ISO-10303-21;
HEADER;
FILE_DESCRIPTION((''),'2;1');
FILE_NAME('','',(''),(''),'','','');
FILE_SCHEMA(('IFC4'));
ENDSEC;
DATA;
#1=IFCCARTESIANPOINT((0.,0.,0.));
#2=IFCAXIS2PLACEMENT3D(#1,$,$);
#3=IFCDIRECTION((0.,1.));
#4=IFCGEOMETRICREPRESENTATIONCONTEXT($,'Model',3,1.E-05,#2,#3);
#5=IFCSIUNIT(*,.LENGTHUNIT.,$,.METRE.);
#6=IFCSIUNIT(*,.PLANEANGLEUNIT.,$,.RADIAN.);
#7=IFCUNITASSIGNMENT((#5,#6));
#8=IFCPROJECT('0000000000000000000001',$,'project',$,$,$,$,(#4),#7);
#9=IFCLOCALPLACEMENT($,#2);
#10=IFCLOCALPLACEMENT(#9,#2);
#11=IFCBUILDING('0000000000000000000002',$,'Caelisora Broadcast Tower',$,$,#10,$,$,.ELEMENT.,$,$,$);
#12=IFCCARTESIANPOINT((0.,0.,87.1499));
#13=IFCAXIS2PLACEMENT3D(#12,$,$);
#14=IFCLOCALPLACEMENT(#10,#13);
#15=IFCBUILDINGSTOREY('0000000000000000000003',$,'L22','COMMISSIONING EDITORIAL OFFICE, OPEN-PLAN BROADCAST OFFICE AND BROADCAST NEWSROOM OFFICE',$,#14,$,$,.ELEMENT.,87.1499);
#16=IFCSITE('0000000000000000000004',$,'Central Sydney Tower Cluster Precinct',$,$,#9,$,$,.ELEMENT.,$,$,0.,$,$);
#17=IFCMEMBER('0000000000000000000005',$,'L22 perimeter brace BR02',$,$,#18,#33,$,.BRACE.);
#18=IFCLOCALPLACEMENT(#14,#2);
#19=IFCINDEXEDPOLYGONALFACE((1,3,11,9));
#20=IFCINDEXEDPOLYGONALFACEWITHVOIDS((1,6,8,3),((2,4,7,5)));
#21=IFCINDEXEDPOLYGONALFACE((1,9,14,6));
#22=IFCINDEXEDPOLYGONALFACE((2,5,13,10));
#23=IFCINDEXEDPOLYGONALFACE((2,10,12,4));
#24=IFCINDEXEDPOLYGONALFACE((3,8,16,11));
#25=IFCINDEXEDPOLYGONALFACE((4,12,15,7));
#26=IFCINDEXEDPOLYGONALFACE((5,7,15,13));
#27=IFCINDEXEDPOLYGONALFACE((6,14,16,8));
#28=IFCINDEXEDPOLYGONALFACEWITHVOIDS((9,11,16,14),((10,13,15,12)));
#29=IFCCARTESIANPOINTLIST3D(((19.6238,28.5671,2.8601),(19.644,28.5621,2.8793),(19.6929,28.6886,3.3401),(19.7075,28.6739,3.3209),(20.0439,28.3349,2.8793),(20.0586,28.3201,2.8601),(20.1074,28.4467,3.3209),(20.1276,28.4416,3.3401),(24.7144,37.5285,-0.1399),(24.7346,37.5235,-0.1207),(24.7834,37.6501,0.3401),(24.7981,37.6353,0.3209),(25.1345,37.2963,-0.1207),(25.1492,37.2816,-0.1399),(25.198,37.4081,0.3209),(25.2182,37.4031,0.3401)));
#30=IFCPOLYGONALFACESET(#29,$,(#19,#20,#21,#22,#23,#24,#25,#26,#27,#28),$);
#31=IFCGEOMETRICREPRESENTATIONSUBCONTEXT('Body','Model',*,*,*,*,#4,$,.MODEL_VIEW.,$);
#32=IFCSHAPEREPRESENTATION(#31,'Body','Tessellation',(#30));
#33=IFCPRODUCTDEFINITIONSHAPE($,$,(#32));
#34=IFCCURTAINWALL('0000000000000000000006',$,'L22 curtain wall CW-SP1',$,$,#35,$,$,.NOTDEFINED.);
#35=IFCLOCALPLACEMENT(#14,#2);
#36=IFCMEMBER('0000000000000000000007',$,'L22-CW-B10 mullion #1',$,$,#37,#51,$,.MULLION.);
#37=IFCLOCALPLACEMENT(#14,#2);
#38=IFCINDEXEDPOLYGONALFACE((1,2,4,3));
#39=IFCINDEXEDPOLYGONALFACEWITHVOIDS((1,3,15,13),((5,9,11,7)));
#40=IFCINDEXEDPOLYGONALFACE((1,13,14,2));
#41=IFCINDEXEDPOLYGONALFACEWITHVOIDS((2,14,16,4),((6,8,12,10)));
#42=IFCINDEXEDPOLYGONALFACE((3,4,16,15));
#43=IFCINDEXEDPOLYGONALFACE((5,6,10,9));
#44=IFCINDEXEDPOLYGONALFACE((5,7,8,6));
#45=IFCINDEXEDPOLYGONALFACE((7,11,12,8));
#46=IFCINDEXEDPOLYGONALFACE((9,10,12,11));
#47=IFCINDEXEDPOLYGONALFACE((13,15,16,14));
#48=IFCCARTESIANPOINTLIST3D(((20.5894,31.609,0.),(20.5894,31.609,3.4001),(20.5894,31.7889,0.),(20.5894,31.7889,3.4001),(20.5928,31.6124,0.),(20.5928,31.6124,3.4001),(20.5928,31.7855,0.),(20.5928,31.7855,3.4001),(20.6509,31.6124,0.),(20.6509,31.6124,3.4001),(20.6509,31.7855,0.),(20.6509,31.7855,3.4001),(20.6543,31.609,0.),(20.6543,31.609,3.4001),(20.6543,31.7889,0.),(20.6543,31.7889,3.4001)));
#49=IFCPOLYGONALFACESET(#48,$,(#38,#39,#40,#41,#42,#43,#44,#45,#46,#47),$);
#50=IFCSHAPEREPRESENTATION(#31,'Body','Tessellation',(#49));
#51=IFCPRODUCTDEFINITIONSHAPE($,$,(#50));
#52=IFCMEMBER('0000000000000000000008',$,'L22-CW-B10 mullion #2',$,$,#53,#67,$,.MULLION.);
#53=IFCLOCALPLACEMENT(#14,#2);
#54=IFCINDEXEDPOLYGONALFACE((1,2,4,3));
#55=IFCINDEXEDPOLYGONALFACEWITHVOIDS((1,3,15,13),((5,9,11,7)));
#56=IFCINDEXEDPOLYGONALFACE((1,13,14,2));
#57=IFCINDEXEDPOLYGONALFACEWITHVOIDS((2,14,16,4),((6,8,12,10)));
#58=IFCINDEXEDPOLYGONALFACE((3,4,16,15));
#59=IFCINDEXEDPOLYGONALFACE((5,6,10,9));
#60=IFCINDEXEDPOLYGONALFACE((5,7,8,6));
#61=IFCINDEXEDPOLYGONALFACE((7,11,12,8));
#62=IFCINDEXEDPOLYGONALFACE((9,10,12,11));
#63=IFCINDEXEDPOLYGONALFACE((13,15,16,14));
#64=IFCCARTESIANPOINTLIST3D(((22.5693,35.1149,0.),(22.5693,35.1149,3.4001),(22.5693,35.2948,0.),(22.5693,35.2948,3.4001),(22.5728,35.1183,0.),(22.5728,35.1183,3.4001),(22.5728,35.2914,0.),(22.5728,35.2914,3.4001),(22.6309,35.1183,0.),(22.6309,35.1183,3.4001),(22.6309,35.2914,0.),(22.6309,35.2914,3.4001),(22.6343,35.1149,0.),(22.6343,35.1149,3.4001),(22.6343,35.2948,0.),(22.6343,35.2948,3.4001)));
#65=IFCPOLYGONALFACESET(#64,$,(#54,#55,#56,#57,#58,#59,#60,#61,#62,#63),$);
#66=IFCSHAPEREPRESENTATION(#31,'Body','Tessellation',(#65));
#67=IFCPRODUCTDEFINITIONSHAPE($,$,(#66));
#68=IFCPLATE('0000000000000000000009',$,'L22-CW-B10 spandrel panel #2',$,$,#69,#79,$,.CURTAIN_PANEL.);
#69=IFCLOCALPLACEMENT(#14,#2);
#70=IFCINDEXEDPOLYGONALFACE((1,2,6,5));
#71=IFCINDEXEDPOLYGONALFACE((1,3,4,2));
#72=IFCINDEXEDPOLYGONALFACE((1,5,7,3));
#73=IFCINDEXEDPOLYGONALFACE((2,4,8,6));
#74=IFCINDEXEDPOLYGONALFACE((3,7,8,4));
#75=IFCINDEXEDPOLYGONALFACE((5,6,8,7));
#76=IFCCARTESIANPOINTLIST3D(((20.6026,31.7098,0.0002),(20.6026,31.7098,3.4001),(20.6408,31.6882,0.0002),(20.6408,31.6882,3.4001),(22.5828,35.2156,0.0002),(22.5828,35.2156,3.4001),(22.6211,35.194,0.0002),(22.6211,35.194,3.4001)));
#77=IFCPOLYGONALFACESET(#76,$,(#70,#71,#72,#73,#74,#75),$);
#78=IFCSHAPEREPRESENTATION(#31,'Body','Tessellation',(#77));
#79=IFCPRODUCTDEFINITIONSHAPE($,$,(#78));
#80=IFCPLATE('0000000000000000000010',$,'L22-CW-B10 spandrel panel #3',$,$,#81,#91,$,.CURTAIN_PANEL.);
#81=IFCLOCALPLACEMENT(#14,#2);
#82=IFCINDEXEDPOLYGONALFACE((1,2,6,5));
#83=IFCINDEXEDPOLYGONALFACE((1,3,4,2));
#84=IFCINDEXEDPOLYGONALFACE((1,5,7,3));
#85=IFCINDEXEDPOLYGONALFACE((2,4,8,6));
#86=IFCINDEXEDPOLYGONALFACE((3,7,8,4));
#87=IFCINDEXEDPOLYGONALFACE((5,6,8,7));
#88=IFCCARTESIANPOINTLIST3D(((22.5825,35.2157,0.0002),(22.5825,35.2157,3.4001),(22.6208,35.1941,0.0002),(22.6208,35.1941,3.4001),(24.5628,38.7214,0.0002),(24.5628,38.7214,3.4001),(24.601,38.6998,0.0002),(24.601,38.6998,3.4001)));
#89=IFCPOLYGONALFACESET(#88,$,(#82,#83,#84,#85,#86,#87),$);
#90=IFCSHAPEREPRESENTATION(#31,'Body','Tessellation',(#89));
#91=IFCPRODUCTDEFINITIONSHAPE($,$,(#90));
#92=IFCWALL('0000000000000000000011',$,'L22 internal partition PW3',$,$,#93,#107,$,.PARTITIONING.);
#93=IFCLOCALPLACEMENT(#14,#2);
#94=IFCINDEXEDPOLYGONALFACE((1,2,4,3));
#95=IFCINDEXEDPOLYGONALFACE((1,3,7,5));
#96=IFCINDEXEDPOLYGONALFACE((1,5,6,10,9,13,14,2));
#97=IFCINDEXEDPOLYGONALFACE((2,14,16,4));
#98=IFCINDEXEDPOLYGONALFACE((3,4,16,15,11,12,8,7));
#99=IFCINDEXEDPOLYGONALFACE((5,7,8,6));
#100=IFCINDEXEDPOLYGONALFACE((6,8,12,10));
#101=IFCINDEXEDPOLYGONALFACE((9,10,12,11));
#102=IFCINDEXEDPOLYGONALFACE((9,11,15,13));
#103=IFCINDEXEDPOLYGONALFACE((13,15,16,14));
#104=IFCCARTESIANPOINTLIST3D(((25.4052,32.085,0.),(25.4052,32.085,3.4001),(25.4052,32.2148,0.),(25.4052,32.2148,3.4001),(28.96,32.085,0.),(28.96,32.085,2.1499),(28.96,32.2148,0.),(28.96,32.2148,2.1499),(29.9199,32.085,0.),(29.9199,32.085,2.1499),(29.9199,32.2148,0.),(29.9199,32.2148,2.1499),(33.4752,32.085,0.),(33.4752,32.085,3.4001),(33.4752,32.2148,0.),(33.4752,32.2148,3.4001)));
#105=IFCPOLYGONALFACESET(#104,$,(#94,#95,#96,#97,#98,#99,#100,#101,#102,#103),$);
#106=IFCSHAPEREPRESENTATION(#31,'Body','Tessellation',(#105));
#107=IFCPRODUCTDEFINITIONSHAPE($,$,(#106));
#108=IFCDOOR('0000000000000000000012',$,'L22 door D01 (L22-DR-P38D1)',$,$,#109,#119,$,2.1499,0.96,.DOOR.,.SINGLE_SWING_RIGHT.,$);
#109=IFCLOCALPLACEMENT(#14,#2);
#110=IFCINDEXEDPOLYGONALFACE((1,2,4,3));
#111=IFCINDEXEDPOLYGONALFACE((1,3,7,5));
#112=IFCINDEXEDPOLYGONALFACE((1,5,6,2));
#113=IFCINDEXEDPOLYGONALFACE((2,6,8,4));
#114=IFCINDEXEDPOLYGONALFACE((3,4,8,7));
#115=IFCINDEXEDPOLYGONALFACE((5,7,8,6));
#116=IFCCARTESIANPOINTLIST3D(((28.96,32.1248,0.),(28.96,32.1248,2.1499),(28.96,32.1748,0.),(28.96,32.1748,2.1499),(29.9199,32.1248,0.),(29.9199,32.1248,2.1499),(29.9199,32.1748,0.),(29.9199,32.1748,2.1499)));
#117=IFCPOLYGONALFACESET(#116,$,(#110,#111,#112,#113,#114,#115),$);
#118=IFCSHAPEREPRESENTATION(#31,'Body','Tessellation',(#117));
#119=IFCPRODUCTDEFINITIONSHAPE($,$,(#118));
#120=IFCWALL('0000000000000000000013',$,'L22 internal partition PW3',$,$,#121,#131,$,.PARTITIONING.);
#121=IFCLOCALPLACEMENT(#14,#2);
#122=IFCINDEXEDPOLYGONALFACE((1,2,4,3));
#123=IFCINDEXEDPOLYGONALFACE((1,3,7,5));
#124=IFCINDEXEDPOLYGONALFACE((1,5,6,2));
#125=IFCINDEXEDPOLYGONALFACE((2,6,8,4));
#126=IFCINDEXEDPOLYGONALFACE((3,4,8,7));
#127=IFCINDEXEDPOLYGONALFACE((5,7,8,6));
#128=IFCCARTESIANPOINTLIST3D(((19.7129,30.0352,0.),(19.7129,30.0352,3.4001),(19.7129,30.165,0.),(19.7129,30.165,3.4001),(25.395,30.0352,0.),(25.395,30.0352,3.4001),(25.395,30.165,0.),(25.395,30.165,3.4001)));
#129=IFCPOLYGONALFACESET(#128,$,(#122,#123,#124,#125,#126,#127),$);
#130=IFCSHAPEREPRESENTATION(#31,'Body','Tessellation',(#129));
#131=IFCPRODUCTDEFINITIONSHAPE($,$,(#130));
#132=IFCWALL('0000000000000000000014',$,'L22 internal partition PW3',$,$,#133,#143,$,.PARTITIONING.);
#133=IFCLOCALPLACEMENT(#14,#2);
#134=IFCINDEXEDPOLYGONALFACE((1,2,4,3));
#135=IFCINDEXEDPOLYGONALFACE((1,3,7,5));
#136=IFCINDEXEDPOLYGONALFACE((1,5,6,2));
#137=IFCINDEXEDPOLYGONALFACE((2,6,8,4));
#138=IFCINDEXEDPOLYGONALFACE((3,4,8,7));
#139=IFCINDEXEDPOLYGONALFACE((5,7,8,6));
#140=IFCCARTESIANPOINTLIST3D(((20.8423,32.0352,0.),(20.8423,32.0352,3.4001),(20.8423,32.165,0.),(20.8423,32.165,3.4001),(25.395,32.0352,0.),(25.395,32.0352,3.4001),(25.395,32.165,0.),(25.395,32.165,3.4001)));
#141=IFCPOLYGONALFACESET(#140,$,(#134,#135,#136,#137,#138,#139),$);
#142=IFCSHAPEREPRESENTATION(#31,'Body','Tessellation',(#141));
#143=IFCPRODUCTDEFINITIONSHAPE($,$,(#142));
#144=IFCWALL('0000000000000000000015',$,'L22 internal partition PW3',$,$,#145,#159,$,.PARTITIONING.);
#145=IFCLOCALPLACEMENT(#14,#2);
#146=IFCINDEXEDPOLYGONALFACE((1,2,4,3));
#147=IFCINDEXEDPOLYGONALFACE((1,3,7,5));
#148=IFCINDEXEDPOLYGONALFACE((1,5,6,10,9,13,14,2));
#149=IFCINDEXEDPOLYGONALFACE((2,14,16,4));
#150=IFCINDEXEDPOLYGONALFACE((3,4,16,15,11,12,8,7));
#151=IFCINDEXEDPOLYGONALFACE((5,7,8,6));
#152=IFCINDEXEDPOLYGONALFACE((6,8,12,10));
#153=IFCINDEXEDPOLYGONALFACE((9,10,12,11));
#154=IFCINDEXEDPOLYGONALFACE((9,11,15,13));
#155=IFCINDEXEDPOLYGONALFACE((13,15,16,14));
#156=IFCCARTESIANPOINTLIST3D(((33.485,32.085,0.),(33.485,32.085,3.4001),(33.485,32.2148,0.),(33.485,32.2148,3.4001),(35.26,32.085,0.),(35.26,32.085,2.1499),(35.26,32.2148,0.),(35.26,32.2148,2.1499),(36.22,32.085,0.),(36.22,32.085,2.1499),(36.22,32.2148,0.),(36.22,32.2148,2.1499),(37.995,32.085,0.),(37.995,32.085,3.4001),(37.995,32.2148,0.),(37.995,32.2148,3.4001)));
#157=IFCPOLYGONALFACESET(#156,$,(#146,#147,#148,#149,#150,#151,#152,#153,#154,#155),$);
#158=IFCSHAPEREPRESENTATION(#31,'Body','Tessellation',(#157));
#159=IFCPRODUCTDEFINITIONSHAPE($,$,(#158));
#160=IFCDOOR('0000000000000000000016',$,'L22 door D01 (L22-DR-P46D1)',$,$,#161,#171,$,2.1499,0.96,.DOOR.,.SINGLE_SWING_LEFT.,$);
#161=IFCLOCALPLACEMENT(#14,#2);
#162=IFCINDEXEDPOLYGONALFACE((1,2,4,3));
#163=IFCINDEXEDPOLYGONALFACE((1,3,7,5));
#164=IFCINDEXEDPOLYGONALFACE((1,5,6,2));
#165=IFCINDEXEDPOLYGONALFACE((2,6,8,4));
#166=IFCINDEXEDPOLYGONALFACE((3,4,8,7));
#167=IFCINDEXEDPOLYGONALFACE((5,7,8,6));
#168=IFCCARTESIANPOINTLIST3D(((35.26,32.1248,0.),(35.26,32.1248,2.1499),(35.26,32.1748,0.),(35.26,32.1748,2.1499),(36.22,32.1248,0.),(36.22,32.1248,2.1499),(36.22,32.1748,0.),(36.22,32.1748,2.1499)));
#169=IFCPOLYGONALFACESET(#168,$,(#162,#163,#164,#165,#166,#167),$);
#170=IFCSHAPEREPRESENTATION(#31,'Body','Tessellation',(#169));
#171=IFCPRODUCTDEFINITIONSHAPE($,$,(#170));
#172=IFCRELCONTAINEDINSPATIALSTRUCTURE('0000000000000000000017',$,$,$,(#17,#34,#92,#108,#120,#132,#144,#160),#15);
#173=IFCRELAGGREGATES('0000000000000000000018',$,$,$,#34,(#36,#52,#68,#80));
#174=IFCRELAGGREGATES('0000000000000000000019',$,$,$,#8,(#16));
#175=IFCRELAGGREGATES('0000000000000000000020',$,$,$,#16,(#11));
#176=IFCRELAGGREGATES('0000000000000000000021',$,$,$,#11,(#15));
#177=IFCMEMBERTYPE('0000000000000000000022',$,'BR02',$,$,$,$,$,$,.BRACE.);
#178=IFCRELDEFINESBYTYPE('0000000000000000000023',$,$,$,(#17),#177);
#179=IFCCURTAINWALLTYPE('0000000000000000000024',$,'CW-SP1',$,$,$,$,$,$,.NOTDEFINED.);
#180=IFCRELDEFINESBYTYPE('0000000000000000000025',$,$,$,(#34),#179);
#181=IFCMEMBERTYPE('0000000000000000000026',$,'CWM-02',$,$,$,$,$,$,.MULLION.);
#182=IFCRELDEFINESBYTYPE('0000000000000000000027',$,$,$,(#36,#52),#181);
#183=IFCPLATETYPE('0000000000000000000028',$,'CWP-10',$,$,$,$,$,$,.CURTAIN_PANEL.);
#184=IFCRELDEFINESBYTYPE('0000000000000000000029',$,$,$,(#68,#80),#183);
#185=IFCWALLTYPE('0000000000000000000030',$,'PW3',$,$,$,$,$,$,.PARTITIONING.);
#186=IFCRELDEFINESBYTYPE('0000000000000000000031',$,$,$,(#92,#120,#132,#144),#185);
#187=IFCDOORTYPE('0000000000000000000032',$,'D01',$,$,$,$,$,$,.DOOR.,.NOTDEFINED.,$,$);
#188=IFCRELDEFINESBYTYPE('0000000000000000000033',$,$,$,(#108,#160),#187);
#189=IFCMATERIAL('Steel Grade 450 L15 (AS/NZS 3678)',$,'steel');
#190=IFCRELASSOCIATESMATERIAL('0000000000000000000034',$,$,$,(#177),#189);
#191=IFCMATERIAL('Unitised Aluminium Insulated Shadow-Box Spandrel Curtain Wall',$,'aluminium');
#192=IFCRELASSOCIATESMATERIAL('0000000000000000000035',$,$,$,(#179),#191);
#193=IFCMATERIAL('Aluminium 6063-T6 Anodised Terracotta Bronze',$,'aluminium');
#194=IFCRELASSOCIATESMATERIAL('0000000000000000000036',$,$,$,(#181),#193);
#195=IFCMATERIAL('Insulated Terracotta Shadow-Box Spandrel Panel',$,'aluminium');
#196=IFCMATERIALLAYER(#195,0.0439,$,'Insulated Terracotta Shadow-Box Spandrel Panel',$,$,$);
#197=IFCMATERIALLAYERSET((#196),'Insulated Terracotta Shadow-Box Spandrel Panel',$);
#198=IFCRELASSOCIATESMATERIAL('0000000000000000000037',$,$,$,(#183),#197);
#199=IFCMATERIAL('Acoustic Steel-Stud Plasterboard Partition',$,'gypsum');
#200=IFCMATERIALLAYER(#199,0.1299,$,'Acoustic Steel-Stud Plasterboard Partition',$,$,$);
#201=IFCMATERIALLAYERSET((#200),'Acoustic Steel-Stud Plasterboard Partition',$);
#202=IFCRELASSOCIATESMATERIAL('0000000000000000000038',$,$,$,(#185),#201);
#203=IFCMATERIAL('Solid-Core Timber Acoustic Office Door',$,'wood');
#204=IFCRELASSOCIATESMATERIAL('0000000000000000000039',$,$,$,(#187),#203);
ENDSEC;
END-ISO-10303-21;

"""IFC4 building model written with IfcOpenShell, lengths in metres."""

from ifc_helpers import new_model, si_unit, direction, frame, frame_2d, origin, origin_2d, place, context, subcontext, project, spatial, rectangle, hollow_rectangle, extrude, source, transform, mapped, material, layer, layer_set, material_profile, profile_set, type_object, type_shapes, element, fill, aggregate, save


model = new_model("IFC4")

# Units and contexts
model_context = context("Model", 3, precision=1e-05, world=origin(), true_north=direction((0.0, 1.0)))
body_context = subcontext(model_context, "Body", "Model", "MODEL_VIEW")
ifc_project = project(units=[si_unit("LENGTHUNIT", "METRE"), si_unit("PLANEANGLEUNIT", "RADIAN")], contexts=[model_context])

# Site, building, storey
site_placement = place(None, origin())
site = spatial("IfcSite", under=ifc_project, at=site_placement, Name="Central Sydney Tower Cluster Precinct", CompositionType="ELEMENT", RefElevation=0.0)
building_placement = place(site_placement, origin())
building = spatial("IfcBuilding", under=site, at=building_placement, Name="Caelisora Broadcast Tower", CompositionType="ELEMENT")
storey_placement = place(building_placement, frame((0.0, 0.0, 87.1499)))
storey = spatial("IfcBuildingStorey", under=building, at=storey_placement, Name="L22", Description="COMMISSIONING EDITORIAL OFFICE, OPEN-PLAN BROADCAST OFFICE AND BROADCAST NEWSROOM OFFICE", CompositionType="ELEMENT", Elevation=87.1499)

# Member
ifc_material_1 = material(Name="Steel Grade 450 L15 (AS/NZS 3678)", Category="steel")
ifc_material_profile_1 = material_profile(ifc_material_1, hollow_rectangle(XDim=0.5, YDim=0.5, WallThickness=0.02, at=origin_2d()), Name="Steel Grade 450 L15 (AS/NZS 3678)")
ifc_profile_set_1 = profile_set([ifc_material_profile_1], Name="Steel Grade 450 L15 (AS/NZS 3678)")
member_type_1 = type_object("IfcMemberType", Name="BR02", PredefinedType="BRACE", material=ifc_profile_set_1)
shared_shape_1 = source(origin(), body_context, "Body", "SweptSolid", [
    extrude(hollow_rectangle(XDim=0.5, YDim=0.5, WallThickness=0.02, at=origin_2d()), origin(), (0.0, 0.0, 1.0), 10.7341),
])
type_shapes(member_type_1, [shared_shape_1])
member_1_placement = place(storey_placement, frame((24.9663, 37.4658, 0.1001), z_axis=(-0.474243, -0.834855, 0.279483), x_axis=(0.869504, -0.493926, 0.0)))
element("IfcMember", 1, at=member_1_placement, inside=storey, type_object=member_type_1, Name="L22 perimeter brace BR02", PredefinedType="BRACE", context=body_context, shape_type="MappedRepresentation", body=[
    mapped(shared_shape_1, transform((0.0, 0.0, 0.0), scale=1.0)),
])

# Curtain wall, members, plates
ifc_material_2 = material(Name="Unitised Aluminium Insulated Shadow-Box Spandrel Curtain Wall", Category="aluminium")
curtain_wall_type = type_object("IfcCurtainWallType", Name="CW-SP1", PredefinedType="NOTDEFINED", material=ifc_material_2)
curtain_wall_placement = place(storey_placement, origin())
curtain_wall = element("IfcCurtainWall", 2, at=curtain_wall_placement, inside=storey, type_object=curtain_wall_type, Name="L22 curtain wall CW-SP1", PredefinedType="NOTDEFINED")
ifc_material_3 = material(Name="Aluminium 6063-T6 Anodised Terracotta Bronze", Category="aluminium")
ifc_material_profile_2 = material_profile(ifc_material_3, hollow_rectangle(XDim=0.0649, YDim=0.1799, WallThickness=0.0034, at=origin_2d()), Name="Aluminium 6063-T6 Anodised Terracotta Bronze")
ifc_profile_set_2 = profile_set([ifc_material_profile_2], Name="Aluminium 6063-T6 Anodised Terracotta Bronze")
member_type_2 = type_object("IfcMemberType", Name="CWM-02", PredefinedType="MULLION", material=ifc_profile_set_2)
shared_shape_2 = source(origin(), body_context, "Body", "SweptSolid", [
    extrude(hollow_rectangle(XDim=0.0649, YDim=0.1799, WallThickness=0.0034, at=origin_2d()), origin(), (0.0, 0.0, 1.0), 3.4001),
])
type_shapes(member_type_2, [shared_shape_2])
member_2_placement = place(storey_placement, frame((20.6218, 31.699, 0.0), z_axis=(0.0, 0.0, 1.0), x_axis=(1.0, 0.0, 0.0)))
member_2 = element("IfcMember", 3, at=member_2_placement, type_object=member_type_2, Name="L22-CW-B10 mullion #1", PredefinedType="MULLION", context=body_context, shape_type="MappedRepresentation", body=[
    mapped(shared_shape_2, transform((0.0, 0.0, 0.0), scale=1.0)),
])
member_3_placement = place(storey_placement, frame((22.6018, 35.2048, 0.0), z_axis=(0.0, 0.0, 1.0), x_axis=(1.0, 0.0, 0.0)))
member_3 = element("IfcMember", 4, at=member_3_placement, type_object=member_type_2, Name="L22-CW-B10 mullion #2", PredefinedType="MULLION", context=body_context, shape_type="MappedRepresentation", body=[
    mapped(shared_shape_2, transform((0.0, 0.0, 0.0), scale=1.0)),
])
ifc_material_4 = material(Name="Insulated Terracotta Shadow-Box Spandrel Panel", Category="aluminium")
ifc_layer_1 = layer(ifc_material_4, 0.0439, Name="Insulated Terracotta Shadow-Box Spandrel Panel")
ifc_layer_set_1 = layer_set([ifc_layer_1], Name="Insulated Terracotta Shadow-Box Spandrel Panel")
plate_type = type_object("IfcPlateType", Name="CWP-10", PredefinedType="CURTAIN_PANEL", material=ifc_layer_set_1)
shared_shape_3 = source(origin(), body_context, "Body", "SweptSolid", [
    extrude(rectangle(XDim=4.0264, YDim=0.0439, at=origin_2d()), origin(), (0.0, 0.0, 1.0), 3.3999),
])
type_shapes(plate_type, [shared_shape_3])
plate_1_placement = place(storey_placement, frame((21.6118, 33.4519, 0.0002), z_axis=(0.0, 0.0, 1.0), x_axis=(0.491816, 0.870699, 0.0)))
plate_1 = element("IfcPlate", 5, at=plate_1_placement, type_object=plate_type, Name="L22-CW-B10 spandrel panel #2", PredefinedType="CURTAIN_PANEL", context=body_context, shape_type="MappedRepresentation", body=[
    mapped(shared_shape_3, transform((0.0, 0.0, 0.0), scale=1.0)),
])
plate_2_placement = place(storey_placement, frame((23.5918, 36.9578, 0.0002), z_axis=(0.0, 0.0, 1.0), x_axis=(0.491816, 0.870699, 0.0)))
plate_2 = element("IfcPlate", 6, at=plate_2_placement, type_object=plate_type, Name="L22-CW-B10 spandrel panel #3", PredefinedType="CURTAIN_PANEL", context=body_context, shape_type="MappedRepresentation", body=[
    mapped(shared_shape_3, transform((0.0, 0.0, 0.0), scale=1.0)),
])
aggregate(curtain_wall, [member_2, member_3, plate_1, plate_2])

# Wall, opening, door
ifc_material_5 = material(Name="Acoustic Steel-Stud Plasterboard Partition", Category="gypsum")
ifc_layer_2 = layer(ifc_material_5, 0.1299, Name="Acoustic Steel-Stud Plasterboard Partition")
ifc_layer_set_2 = layer_set([ifc_layer_2], Name="Acoustic Steel-Stud Plasterboard Partition")
wall_type = type_object("IfcWallType", Name="PW3", PredefinedType="PARTITIONING", material=ifc_layer_set_2)
wall_1_placement = place(storey_placement, frame((25.405, 32.1499, 0.0), z_axis=(0.0, 0.0, 1.0), x_axis=(1.0, 0.0, 0.0)))
wall_1 = element("IfcWall", 7, at=wall_1_placement, inside=storey, type_object=wall_type, Name="L22 internal partition PW3", PredefinedType="PARTITIONING", context=body_context, shape_type="SweptSolid", body=[
    extrude(rectangle(XDim=8.0701, YDim=0.1299, at=frame_2d((4.0352, 0.0))), origin(), (0.0, 0.0, 1.0), 3.4001),
])
opening_1_placement = place(wall_1_placement, frame((3.5549, 0.0, 0.0)))
opening_1 = element("IfcOpeningElement", 8, at=opening_1_placement, cuts=wall_1, PredefinedType="OPENING", context=body_context, shape_type="SweptSolid", body=[
    extrude(rectangle(XDim=0.96, YDim=2.1499, at=frame_2d((0.48, 1.075))), frame((0.0, 0.0769, 0.0), z_axis=(0.0, -1.0, 0.0), x_axis=(1.0, 0.0, 0.0)), (0.0, 0.0, 1.0), 0.1538),
])
ifc_material_6 = material(Name="Solid-Core Timber Acoustic Office Door", Category="wood")
door_type = type_object("IfcDoorType", Name="D01", OperationType="NOTDEFINED", PredefinedType="DOOR", material=ifc_material_6)
door_1_placement = place(opening_1_placement, origin())
door_1 = element("IfcDoor", 9, at=door_1_placement, inside=storey, type_object=door_type, Name="L22 door D01 (L22-DR-P38D1)", OperationType="SINGLE_SWING_RIGHT", OverallHeight=2.1499, OverallWidth=0.96, PredefinedType="DOOR", context=body_context, shape_type="SweptSolid", body=[
    extrude(rectangle(XDim=0.96, YDim=2.1499, at=frame_2d((0.48, 1.075))), frame((0.0, 0.0249, 0.0), z_axis=(0.0, -1.0, 0.0), x_axis=(1.0, 0.0, 0.0)), (0.0, 0.0, 1.0), 0.05),
])
fill(opening_1, door_1)

# Walls
wall_2_placement = place(storey_placement, frame((25.395, 30.1001, 0.0), z_axis=(0.0, 0.0, 1.0), x_axis=(-1.0, 0.0, 0.0)))
element("IfcWall", 10, at=wall_2_placement, inside=storey, type_object=wall_type, Name="L22 internal partition PW3", PredefinedType="PARTITIONING", context=body_context, shape_type="SweptSolid", body=[
    extrude(rectangle(XDim=5.6821, YDim=0.1299, at=frame_2d((2.8411, 0.0))), origin(), (0.0, 0.0, 1.0), 3.4001),
])
wall_3_placement = place(storey_placement, frame((20.8423, 32.1001, 0.0), z_axis=(0.0, 0.0, 1.0), x_axis=(1.0, 0.0, 0.0)))
element("IfcWall", 11, at=wall_3_placement, inside=storey, type_object=wall_type, Name="L22 internal partition PW3", PredefinedType="PARTITIONING", context=body_context, shape_type="SweptSolid", body=[
    extrude(rectangle(XDim=4.5527, YDim=0.1299, at=frame_2d((2.2764, 0.0))), origin(), (0.0, 0.0, 1.0), 3.4001),
])

# Wall, opening, door
wall_4_placement = place(storey_placement, frame((33.4851, 32.1499, 0.0), z_axis=(0.0, 0.0, 1.0), x_axis=(1.0, 0.0, 0.0)))
wall_4 = element("IfcWall", 12, at=wall_4_placement, inside=storey, type_object=wall_type, Name="L22 internal partition PW3", PredefinedType="PARTITIONING", context=body_context, shape_type="SweptSolid", body=[
    extrude(rectangle(XDim=4.51, YDim=0.1299, at=frame_2d((2.2549, 0.0))), origin(), (0.0, 0.0, 1.0), 3.4001),
])
opening_2_placement = place(wall_4_placement, frame((1.7749, 0.0, 0.0)))
opening_2 = element("IfcOpeningElement", 13, at=opening_2_placement, cuts=wall_4, PredefinedType="OPENING", context=body_context, shape_type="SweptSolid", body=[
    extrude(rectangle(XDim=0.96, YDim=2.1499, at=frame_2d((0.48, 1.075))), frame((0.0, 0.0769, 0.0), z_axis=(0.0, -1.0, 0.0), x_axis=(1.0, 0.0, 0.0)), (0.0, 0.0, 1.0), 0.1538),
])
door_2_placement = place(opening_2_placement, origin())
door_2 = element("IfcDoor", 14, at=door_2_placement, inside=storey, type_object=door_type, Name="L22 door D01 (L22-DR-P46D1)", OperationType="SINGLE_SWING_LEFT", OverallHeight=2.1499, OverallWidth=0.96, PredefinedType="DOOR", context=body_context, shape_type="SweptSolid", body=[
    extrude(rectangle(XDim=0.96, YDim=2.1499, at=frame_2d((0.48, 1.075))), frame((0.0, 0.0249, 0.0), z_axis=(0.0, -1.0, 0.0), x_axis=(1.0, 0.0, 0.0)), (0.0, 0.0, 1.0), 0.05),
])
fill(opening_2, door_2)

save(model, "model.ifc")
